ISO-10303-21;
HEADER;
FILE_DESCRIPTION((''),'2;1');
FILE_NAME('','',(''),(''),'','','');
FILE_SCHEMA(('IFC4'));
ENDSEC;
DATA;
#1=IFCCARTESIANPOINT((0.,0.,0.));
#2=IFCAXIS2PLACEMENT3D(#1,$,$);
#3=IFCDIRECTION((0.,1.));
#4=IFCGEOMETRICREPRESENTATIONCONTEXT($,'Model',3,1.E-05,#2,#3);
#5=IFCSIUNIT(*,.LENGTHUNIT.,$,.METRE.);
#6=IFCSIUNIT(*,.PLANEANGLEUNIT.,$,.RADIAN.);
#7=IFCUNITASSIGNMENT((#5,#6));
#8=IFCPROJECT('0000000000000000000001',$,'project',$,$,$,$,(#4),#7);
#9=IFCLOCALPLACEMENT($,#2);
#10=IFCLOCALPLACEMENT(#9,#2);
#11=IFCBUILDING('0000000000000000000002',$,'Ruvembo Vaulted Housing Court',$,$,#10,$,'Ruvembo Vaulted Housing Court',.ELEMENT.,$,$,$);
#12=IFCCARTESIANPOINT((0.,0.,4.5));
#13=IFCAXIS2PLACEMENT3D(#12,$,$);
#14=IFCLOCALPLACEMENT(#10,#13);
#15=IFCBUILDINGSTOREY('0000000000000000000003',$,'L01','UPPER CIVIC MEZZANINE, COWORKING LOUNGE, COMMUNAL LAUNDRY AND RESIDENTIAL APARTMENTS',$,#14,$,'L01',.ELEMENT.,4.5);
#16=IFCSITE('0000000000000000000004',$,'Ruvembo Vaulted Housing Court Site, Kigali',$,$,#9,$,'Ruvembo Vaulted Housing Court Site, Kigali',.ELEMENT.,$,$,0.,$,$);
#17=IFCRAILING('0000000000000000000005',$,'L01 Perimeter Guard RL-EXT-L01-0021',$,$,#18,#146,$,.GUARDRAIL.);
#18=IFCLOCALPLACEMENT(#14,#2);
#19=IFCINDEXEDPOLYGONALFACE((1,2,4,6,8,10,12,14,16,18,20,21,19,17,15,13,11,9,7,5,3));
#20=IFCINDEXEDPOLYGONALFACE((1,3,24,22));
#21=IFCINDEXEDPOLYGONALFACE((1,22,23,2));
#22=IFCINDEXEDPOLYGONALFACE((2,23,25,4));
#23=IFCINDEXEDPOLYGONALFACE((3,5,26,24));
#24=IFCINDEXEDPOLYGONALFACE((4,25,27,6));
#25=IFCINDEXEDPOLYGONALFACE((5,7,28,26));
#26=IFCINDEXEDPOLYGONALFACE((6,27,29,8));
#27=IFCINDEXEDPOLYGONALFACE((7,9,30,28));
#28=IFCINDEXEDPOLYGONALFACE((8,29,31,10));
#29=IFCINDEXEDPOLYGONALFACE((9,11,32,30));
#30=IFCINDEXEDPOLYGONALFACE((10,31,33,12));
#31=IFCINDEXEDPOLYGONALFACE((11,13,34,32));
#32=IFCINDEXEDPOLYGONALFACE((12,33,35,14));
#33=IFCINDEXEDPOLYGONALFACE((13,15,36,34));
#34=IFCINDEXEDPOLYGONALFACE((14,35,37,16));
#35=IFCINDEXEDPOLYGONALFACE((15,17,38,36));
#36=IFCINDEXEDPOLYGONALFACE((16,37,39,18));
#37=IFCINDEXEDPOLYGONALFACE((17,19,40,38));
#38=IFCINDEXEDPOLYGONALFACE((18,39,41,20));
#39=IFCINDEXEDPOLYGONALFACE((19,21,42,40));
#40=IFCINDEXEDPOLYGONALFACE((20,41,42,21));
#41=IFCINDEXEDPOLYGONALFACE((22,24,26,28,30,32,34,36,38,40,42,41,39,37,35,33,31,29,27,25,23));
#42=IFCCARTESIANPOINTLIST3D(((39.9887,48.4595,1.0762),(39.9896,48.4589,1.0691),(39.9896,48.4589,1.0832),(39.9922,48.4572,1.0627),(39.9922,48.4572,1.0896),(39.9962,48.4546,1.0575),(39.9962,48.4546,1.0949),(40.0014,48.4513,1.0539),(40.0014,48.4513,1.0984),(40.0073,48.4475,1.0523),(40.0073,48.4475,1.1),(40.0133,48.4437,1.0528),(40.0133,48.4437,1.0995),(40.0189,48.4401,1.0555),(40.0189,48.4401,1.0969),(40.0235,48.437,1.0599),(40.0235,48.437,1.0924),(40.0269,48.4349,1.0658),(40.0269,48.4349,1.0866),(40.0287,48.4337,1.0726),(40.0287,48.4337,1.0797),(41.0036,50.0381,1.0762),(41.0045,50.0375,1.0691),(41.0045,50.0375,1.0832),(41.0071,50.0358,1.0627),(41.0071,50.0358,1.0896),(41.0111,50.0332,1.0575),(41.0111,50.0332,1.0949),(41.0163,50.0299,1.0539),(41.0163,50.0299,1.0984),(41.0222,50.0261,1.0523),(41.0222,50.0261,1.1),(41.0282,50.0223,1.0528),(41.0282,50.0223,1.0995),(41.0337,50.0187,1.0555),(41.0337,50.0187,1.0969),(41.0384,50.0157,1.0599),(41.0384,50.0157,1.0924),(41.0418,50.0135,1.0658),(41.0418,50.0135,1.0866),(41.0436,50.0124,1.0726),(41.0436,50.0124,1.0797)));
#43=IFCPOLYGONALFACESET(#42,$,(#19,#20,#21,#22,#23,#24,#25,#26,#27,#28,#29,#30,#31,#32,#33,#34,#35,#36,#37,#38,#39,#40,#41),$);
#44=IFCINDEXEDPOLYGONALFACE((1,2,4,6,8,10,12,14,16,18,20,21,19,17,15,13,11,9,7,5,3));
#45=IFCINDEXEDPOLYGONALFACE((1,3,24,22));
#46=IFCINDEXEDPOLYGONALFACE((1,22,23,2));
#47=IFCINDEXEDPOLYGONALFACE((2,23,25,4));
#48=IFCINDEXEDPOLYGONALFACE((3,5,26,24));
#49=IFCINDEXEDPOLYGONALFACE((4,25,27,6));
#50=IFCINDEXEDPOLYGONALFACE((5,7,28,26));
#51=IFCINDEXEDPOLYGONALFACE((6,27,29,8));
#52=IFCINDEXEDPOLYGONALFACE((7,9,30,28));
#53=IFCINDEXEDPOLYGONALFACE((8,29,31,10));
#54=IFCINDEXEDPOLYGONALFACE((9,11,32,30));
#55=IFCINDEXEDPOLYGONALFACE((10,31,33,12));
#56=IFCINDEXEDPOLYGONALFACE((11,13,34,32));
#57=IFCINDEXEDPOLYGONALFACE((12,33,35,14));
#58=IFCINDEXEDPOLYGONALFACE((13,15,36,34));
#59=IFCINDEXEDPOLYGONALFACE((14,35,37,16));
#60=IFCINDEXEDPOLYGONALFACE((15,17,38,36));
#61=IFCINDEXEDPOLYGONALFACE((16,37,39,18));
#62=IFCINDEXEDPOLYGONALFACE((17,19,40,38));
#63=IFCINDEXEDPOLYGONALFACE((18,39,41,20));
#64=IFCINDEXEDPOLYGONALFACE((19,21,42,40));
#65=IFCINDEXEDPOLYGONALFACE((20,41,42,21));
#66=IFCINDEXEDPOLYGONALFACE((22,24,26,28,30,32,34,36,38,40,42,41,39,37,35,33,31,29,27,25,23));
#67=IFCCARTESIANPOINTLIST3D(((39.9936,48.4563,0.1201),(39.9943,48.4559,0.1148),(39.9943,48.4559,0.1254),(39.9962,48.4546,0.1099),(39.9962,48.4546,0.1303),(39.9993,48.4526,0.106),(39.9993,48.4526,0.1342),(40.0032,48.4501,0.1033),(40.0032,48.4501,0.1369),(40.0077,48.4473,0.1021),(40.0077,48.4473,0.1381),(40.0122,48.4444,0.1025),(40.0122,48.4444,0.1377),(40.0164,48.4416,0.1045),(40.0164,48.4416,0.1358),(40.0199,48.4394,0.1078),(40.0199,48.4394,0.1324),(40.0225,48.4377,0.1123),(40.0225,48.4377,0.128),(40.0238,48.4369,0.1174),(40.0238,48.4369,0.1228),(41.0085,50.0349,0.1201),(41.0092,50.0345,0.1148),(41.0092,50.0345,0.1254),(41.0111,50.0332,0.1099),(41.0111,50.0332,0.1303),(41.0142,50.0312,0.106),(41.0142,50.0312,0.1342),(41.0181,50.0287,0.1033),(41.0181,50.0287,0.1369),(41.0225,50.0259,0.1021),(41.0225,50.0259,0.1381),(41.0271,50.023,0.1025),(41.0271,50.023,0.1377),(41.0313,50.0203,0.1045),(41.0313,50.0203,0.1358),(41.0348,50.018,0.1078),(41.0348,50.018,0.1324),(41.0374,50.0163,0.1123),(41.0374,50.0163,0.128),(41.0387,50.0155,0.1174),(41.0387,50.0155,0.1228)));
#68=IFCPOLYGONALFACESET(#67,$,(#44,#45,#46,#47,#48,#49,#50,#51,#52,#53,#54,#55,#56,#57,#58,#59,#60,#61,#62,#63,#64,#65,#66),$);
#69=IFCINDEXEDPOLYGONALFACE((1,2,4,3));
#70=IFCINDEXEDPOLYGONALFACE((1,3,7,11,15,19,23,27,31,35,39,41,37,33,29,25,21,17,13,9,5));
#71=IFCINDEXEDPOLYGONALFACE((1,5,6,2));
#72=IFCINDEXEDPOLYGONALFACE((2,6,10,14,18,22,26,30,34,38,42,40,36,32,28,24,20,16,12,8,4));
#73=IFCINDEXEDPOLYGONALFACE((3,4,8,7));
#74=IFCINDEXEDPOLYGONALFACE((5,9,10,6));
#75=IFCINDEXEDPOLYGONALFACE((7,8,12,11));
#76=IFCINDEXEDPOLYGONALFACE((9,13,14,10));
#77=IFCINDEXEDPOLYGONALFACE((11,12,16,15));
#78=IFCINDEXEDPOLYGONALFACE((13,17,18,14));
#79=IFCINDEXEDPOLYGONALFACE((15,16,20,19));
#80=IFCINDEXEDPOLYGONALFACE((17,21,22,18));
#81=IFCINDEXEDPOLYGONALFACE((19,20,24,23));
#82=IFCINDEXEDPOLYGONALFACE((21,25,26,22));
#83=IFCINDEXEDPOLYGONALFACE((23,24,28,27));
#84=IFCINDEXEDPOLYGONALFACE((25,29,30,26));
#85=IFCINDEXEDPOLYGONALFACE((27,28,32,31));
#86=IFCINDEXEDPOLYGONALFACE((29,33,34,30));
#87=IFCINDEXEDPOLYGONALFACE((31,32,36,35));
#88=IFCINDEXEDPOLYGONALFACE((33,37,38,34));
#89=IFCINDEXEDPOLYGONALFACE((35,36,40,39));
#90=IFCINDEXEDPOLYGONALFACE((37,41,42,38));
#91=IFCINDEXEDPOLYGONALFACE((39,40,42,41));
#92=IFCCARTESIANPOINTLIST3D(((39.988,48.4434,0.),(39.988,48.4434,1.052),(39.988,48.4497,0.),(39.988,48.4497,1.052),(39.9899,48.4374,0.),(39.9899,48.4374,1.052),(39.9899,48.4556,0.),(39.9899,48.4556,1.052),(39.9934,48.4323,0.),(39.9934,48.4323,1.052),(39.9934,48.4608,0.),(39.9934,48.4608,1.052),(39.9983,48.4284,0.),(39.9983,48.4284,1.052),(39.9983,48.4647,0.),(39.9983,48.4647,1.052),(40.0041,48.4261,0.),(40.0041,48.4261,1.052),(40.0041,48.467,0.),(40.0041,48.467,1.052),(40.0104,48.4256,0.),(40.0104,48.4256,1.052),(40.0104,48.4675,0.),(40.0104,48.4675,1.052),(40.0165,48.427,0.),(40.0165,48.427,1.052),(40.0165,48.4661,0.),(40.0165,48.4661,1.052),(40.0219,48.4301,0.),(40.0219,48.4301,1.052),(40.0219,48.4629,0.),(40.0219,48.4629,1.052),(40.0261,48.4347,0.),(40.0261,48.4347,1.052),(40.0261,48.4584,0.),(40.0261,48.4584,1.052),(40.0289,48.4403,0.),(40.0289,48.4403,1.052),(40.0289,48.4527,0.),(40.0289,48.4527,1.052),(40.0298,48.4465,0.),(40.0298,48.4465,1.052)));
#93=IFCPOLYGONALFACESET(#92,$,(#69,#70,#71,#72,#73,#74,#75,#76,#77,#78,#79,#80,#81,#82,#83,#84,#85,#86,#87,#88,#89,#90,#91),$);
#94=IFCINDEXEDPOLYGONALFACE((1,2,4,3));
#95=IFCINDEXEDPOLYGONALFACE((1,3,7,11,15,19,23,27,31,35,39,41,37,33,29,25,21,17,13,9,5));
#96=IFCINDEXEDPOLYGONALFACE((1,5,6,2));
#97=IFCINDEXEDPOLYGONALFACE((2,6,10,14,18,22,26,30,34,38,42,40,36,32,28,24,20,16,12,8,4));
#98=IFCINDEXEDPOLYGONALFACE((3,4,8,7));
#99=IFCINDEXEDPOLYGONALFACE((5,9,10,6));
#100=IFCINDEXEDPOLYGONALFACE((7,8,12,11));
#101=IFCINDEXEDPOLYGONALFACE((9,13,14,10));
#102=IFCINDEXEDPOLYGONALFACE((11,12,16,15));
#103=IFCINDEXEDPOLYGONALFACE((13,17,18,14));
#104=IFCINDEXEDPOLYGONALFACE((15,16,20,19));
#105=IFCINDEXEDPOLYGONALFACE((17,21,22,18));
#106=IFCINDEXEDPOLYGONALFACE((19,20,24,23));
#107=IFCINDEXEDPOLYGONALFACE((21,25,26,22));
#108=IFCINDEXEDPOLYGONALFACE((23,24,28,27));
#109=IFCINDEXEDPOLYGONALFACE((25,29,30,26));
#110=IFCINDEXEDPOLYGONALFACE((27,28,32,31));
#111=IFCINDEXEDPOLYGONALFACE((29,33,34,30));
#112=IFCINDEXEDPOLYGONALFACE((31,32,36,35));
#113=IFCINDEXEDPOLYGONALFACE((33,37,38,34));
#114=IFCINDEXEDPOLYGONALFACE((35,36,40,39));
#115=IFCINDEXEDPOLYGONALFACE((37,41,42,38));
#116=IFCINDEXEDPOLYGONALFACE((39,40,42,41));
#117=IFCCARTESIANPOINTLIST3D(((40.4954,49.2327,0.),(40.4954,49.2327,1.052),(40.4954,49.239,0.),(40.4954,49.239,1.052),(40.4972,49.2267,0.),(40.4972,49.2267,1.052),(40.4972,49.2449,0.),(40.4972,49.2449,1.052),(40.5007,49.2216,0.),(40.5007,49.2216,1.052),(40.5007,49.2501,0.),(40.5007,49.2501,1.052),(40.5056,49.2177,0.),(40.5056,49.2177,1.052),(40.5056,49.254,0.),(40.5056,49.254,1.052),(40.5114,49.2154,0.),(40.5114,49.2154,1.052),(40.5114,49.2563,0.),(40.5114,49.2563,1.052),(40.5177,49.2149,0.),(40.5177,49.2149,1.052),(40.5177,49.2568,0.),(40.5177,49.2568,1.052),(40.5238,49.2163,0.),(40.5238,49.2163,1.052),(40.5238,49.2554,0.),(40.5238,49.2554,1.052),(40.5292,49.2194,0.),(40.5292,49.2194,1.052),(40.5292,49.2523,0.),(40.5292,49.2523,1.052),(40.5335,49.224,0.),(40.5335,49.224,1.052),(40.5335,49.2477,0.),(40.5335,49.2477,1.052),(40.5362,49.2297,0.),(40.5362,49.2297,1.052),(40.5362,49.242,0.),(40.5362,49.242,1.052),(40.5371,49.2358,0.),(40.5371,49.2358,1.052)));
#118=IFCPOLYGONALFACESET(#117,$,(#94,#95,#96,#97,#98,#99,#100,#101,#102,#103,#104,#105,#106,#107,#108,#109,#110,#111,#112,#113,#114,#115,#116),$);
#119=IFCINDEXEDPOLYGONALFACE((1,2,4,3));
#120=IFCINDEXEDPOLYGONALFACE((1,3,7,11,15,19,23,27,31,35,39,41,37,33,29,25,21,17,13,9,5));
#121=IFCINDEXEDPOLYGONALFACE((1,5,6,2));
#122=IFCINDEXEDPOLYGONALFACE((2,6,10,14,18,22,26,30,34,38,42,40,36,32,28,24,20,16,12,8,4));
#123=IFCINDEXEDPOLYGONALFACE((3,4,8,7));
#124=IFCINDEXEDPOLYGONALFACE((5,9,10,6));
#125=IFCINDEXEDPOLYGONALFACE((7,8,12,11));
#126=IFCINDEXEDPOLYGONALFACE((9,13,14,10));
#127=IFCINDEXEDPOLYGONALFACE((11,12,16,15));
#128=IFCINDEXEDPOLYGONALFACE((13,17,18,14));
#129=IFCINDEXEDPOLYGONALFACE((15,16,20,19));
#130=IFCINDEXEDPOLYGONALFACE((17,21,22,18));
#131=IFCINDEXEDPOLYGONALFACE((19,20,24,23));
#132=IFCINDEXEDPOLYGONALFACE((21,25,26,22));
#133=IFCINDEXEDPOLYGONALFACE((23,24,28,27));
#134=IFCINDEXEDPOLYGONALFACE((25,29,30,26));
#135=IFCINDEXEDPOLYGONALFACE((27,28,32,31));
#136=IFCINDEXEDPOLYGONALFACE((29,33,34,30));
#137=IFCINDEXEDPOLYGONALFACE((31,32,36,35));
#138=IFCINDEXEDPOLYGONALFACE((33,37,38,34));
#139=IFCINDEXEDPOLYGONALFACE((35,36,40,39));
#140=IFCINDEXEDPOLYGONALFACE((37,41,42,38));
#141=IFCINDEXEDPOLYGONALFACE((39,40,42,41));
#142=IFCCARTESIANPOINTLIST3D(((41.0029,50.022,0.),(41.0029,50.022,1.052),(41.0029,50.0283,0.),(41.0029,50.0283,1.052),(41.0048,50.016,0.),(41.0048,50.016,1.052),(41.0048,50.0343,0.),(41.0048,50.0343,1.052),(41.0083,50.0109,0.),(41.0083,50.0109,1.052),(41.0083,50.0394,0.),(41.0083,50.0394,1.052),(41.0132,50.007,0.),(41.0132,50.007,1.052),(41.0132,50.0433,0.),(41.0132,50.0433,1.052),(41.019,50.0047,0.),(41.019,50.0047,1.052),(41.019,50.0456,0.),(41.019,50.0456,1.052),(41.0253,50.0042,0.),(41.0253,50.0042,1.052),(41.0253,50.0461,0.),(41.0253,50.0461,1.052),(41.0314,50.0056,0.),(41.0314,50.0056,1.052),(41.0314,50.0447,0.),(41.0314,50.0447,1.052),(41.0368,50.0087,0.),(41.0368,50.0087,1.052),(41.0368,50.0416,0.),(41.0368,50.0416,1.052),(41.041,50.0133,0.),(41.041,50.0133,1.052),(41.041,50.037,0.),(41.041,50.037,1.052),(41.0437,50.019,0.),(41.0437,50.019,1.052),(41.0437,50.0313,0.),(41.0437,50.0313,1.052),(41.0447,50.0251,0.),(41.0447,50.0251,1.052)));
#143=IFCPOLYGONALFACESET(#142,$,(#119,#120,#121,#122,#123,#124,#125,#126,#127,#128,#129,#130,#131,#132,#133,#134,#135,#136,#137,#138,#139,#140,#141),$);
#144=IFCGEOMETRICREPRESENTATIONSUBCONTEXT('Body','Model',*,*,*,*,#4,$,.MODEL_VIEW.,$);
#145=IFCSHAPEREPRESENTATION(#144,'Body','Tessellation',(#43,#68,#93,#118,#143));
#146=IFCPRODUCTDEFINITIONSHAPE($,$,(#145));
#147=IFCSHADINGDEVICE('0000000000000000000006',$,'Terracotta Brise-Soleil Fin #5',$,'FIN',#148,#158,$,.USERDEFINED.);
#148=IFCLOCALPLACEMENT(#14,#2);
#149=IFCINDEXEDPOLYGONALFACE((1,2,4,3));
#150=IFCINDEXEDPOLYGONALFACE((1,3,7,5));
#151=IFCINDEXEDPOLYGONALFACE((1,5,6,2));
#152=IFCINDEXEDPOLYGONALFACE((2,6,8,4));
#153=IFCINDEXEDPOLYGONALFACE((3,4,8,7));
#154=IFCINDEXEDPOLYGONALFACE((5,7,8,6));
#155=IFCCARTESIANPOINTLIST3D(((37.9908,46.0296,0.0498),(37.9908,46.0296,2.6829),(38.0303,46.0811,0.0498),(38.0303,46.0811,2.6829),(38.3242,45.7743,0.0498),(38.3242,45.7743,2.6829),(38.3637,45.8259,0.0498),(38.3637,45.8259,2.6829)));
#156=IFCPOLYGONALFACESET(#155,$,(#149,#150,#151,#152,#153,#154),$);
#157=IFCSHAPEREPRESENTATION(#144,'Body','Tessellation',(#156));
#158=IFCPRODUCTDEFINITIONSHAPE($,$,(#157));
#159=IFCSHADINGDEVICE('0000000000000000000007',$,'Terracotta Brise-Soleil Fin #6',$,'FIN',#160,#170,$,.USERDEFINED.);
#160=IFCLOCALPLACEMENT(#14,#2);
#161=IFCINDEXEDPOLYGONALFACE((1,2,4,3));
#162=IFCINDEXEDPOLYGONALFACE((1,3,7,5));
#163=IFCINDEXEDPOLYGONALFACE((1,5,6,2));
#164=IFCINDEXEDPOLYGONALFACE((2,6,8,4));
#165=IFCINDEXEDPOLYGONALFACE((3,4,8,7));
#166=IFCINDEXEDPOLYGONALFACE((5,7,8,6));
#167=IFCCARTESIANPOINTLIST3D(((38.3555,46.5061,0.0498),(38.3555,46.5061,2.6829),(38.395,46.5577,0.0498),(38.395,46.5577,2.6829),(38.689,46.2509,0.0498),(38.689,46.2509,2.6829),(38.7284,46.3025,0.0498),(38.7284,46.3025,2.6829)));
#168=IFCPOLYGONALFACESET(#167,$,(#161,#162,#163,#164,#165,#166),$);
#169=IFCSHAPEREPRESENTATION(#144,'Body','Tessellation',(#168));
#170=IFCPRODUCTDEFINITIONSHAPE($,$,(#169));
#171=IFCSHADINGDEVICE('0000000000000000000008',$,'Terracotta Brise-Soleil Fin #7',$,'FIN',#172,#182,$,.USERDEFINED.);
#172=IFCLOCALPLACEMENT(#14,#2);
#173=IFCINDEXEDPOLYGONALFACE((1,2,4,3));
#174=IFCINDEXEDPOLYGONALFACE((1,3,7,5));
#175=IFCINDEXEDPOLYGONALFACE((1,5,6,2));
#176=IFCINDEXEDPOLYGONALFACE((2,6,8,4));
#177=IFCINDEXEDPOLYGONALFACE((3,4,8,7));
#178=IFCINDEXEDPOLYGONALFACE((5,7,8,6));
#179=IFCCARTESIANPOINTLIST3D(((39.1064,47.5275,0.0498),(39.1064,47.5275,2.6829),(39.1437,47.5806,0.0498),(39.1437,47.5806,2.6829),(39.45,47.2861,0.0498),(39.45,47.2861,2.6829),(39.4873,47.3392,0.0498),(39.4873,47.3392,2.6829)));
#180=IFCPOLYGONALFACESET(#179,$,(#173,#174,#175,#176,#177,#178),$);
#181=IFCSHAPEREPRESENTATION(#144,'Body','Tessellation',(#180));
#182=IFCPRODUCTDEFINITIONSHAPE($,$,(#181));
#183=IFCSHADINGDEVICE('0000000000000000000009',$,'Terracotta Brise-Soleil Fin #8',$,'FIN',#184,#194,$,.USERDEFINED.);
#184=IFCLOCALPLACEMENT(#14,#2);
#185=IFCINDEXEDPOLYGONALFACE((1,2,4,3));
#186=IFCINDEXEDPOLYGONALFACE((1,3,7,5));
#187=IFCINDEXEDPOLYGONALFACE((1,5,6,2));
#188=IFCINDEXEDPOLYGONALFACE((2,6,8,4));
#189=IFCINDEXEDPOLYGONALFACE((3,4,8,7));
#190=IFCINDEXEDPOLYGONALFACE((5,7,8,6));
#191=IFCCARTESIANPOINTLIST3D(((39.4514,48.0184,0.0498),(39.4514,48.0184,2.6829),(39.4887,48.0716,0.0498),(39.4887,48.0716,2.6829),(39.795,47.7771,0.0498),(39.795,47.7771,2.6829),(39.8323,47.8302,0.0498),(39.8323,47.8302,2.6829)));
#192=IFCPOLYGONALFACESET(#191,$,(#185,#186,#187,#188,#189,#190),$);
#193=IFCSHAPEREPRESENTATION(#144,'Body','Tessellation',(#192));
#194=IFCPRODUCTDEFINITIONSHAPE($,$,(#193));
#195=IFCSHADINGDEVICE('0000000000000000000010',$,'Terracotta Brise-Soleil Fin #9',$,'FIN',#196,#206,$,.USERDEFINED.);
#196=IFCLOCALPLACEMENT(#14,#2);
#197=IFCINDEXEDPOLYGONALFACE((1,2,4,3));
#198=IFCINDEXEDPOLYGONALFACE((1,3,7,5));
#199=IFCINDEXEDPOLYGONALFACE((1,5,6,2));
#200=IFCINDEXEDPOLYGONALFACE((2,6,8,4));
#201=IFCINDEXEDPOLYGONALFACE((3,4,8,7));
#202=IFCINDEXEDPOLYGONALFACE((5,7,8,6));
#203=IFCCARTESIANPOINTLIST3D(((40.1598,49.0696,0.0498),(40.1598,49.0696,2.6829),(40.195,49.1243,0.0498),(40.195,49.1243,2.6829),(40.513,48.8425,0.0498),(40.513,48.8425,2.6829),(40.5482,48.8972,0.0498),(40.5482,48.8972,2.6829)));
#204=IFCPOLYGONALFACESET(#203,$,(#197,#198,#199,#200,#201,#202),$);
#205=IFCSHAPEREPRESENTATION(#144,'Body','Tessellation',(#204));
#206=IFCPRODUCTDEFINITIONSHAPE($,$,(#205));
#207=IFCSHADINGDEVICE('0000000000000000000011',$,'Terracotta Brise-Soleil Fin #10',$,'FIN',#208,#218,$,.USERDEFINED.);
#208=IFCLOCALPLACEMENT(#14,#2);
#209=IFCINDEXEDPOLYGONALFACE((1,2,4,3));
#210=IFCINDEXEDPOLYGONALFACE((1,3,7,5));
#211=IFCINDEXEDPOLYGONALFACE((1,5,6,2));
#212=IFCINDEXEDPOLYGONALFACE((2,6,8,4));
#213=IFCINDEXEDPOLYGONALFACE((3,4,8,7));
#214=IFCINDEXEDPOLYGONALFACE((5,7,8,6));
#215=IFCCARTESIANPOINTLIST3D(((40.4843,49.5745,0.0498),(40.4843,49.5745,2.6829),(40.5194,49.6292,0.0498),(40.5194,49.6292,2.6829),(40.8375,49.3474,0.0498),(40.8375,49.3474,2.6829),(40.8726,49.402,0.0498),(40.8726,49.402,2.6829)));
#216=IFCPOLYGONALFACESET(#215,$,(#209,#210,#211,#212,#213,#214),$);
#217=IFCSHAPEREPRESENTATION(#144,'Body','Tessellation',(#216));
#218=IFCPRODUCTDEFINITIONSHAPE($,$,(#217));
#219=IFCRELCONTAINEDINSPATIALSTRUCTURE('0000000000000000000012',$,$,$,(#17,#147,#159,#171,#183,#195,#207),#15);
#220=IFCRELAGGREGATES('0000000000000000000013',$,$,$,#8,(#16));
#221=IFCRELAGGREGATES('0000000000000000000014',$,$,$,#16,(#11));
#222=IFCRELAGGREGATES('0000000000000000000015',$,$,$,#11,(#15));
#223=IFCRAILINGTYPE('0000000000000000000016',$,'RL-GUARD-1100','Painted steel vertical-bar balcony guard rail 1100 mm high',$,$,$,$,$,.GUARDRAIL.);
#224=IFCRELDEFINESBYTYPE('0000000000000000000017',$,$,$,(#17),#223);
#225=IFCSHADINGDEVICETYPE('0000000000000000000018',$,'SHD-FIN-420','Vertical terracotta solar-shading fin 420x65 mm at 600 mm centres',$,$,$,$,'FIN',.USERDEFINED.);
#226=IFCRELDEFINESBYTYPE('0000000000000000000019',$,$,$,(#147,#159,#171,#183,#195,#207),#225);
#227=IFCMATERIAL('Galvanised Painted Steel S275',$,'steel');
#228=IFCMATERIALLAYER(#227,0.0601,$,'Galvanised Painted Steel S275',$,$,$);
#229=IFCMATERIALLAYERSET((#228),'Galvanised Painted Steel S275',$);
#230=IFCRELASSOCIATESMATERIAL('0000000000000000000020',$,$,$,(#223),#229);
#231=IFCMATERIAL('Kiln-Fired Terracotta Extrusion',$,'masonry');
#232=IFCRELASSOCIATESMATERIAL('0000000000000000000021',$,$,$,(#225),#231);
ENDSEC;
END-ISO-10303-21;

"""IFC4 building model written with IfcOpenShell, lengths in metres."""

from ifc_helpers import new_model, si_unit, direction, frame, origin, origin_2d, place, context, subcontext, project, spatial, rectangle, circle, extrude, material, layer, layer_set, type_object, element, save


model = new_model("IFC4")

# Units and contexts
model_context = context("Model", 3, precision=1e-05, world=origin(), true_north=direction((0.0, 1.0)))
body_context = subcontext(model_context, "Body", "Model", "MODEL_VIEW")
ifc_project = project(units=[si_unit("LENGTHUNIT", "METRE"), si_unit("PLANEANGLEUNIT", "RADIAN")], contexts=[model_context])

# Site, building, storey
site_placement = place(None, origin())
site = spatial("IfcSite", under=ifc_project, at=site_placement, Name="Ruvembo Vaulted Housing Court Site, Kigali", LongName="Ruvembo Vaulted Housing Court Site, Kigali", CompositionType="ELEMENT", RefElevation=0.0)
building_placement = place(site_placement, origin())
building = spatial("IfcBuilding", under=site, at=building_placement, Name="Ruvembo Vaulted Housing Court", LongName="Ruvembo Vaulted Housing Court", CompositionType="ELEMENT")
storey_placement = place(building_placement, frame((0.0, 0.0, 4.5)))
storey = spatial("IfcBuildingStorey", under=building, at=storey_placement, Name="L01", Description="UPPER CIVIC MEZZANINE, COWORKING LOUNGE, COMMUNAL LAUNDRY AND RESIDENTIAL APARTMENTS", LongName="L01", CompositionType="ELEMENT", Elevation=4.5)

# Railing
ifc_material_1 = material(Name="Galvanised Painted Steel S275", Category="steel")
ifc_layer_1 = layer(ifc_material_1, 0.0601, Name="Galvanised Painted Steel S275")
ifc_layer_set_1 = layer_set([ifc_layer_1], Name="Galvanised Painted Steel S275")
railing_type = type_object("IfcRailingType", Name="RL-GUARD-1100", Description="Painted steel vertical-bar balcony guard rail 1100 mm high", PredefinedType="GUARDRAIL", material=ifc_layer_set_1)
railing_1_placement = place(storey_placement, frame((40.0088, 48.4465, 0.0)))
element("IfcRailing", 1, at=railing_1_placement, inside=storey, type_object=railing_type, Name="L01 Perimeter Guard RL-EXT-L01-0021", PredefinedType="GUARDRAIL", context=body_context, shape_type="SweptSolid", body=[
    extrude(circle(Radius=0.0239, at=origin_2d()), frame((0.0, 0.0, 1.0762), z_axis=(0.540784, 0.841162, 0.0), x_axis=(-0.841162, 0.540784, 0.0)), (0.0, 0.0, 1.0), 1.8767),
    extrude(circle(Radius=0.0181, at=origin_2d()), frame((0.0, 0.0, 0.1201), z_axis=(0.540784, 0.841162, 0.0), x_axis=(-0.841162, 0.540784, 0.0)), (0.0, 0.0, 1.0), 1.8767),
    extrude(circle(Radius=0.021, at=origin_2d()), origin(), (0.0, 0.0, 1.0), 1.052),
    extrude(circle(Radius=0.021, at=origin_2d()), frame((0.5073, 0.7893, 0.0)), (0.0, 0.0, 1.0), 1.052),
    extrude(circle(Radius=0.021, at=origin_2d()), frame((1.0149, 1.5786, 0.0)), (0.0, 0.0, 1.0), 1.052),
])

# Shading devices
ifc_material_2 = material(Name="Kiln-Fired Terracotta Extrusion", Category="masonry")
shading_device_type = type_object("IfcShadingDeviceType", Name="SHD-FIN-420", Description="Vertical terracotta solar-shading fin 420x65 mm at 600 mm centres", ElementType="FIN", PredefinedType="USERDEFINED", material=ifc_material_2)
for number, where, z_axis, x_axis, name in (
    (2, (38.1772, 45.9277, 0.0498), (0.0, 0.0, 1.0), (0.794043, -0.607861, 0.0), "Terracotta Brise-Soleil Fin #5"),
    (3, (38.542, 46.4043, 0.0498), (0.0, 0.0, 1.0), (0.794043, -0.607861, 0.0), "Terracotta Brise-Soleil Fin #6"),
    (4, (39.2969, 47.4333, 0.0498), (0.0, 0.0, 1.0), (0.81828, -0.57482, 0.0), "Terracotta Brise-Soleil Fin #7"),
    (5, (39.6418, 47.9243, 0.0498), (0.0, 0.0, 1.0), (0.81828, -0.57482, 0.0), "Terracotta Brise-Soleil Fin #8"),
    (6, (40.354, 48.9834, 0.0498), (0.0, 0.0, 1.0), (0.841115, -0.540857, 0.0), "Terracotta Brise-Soleil Fin #9"),
    (7, (40.6785, 49.4883, 0.0498), (0.0, 0.0, 1.0), (0.841115, -0.540857, 0.0), "Terracotta Brise-Soleil Fin #10"),
):
    element("IfcShadingDevice", number, at=place(storey_placement, frame(where, z_axis=z_axis, x_axis=x_axis)), inside=storey, type_object=shading_device_type, Name=name, ObjectType="FIN", PredefinedType="USERDEFINED", context=body_context, shape_type="SweptSolid", body=[
        extrude(rectangle(XDim=0.4199, YDim=0.0649, at=origin_2d()), origin(), (0.0, 0.0, 1.0), 2.6331),
    ])

save(model, "model.ifc")
